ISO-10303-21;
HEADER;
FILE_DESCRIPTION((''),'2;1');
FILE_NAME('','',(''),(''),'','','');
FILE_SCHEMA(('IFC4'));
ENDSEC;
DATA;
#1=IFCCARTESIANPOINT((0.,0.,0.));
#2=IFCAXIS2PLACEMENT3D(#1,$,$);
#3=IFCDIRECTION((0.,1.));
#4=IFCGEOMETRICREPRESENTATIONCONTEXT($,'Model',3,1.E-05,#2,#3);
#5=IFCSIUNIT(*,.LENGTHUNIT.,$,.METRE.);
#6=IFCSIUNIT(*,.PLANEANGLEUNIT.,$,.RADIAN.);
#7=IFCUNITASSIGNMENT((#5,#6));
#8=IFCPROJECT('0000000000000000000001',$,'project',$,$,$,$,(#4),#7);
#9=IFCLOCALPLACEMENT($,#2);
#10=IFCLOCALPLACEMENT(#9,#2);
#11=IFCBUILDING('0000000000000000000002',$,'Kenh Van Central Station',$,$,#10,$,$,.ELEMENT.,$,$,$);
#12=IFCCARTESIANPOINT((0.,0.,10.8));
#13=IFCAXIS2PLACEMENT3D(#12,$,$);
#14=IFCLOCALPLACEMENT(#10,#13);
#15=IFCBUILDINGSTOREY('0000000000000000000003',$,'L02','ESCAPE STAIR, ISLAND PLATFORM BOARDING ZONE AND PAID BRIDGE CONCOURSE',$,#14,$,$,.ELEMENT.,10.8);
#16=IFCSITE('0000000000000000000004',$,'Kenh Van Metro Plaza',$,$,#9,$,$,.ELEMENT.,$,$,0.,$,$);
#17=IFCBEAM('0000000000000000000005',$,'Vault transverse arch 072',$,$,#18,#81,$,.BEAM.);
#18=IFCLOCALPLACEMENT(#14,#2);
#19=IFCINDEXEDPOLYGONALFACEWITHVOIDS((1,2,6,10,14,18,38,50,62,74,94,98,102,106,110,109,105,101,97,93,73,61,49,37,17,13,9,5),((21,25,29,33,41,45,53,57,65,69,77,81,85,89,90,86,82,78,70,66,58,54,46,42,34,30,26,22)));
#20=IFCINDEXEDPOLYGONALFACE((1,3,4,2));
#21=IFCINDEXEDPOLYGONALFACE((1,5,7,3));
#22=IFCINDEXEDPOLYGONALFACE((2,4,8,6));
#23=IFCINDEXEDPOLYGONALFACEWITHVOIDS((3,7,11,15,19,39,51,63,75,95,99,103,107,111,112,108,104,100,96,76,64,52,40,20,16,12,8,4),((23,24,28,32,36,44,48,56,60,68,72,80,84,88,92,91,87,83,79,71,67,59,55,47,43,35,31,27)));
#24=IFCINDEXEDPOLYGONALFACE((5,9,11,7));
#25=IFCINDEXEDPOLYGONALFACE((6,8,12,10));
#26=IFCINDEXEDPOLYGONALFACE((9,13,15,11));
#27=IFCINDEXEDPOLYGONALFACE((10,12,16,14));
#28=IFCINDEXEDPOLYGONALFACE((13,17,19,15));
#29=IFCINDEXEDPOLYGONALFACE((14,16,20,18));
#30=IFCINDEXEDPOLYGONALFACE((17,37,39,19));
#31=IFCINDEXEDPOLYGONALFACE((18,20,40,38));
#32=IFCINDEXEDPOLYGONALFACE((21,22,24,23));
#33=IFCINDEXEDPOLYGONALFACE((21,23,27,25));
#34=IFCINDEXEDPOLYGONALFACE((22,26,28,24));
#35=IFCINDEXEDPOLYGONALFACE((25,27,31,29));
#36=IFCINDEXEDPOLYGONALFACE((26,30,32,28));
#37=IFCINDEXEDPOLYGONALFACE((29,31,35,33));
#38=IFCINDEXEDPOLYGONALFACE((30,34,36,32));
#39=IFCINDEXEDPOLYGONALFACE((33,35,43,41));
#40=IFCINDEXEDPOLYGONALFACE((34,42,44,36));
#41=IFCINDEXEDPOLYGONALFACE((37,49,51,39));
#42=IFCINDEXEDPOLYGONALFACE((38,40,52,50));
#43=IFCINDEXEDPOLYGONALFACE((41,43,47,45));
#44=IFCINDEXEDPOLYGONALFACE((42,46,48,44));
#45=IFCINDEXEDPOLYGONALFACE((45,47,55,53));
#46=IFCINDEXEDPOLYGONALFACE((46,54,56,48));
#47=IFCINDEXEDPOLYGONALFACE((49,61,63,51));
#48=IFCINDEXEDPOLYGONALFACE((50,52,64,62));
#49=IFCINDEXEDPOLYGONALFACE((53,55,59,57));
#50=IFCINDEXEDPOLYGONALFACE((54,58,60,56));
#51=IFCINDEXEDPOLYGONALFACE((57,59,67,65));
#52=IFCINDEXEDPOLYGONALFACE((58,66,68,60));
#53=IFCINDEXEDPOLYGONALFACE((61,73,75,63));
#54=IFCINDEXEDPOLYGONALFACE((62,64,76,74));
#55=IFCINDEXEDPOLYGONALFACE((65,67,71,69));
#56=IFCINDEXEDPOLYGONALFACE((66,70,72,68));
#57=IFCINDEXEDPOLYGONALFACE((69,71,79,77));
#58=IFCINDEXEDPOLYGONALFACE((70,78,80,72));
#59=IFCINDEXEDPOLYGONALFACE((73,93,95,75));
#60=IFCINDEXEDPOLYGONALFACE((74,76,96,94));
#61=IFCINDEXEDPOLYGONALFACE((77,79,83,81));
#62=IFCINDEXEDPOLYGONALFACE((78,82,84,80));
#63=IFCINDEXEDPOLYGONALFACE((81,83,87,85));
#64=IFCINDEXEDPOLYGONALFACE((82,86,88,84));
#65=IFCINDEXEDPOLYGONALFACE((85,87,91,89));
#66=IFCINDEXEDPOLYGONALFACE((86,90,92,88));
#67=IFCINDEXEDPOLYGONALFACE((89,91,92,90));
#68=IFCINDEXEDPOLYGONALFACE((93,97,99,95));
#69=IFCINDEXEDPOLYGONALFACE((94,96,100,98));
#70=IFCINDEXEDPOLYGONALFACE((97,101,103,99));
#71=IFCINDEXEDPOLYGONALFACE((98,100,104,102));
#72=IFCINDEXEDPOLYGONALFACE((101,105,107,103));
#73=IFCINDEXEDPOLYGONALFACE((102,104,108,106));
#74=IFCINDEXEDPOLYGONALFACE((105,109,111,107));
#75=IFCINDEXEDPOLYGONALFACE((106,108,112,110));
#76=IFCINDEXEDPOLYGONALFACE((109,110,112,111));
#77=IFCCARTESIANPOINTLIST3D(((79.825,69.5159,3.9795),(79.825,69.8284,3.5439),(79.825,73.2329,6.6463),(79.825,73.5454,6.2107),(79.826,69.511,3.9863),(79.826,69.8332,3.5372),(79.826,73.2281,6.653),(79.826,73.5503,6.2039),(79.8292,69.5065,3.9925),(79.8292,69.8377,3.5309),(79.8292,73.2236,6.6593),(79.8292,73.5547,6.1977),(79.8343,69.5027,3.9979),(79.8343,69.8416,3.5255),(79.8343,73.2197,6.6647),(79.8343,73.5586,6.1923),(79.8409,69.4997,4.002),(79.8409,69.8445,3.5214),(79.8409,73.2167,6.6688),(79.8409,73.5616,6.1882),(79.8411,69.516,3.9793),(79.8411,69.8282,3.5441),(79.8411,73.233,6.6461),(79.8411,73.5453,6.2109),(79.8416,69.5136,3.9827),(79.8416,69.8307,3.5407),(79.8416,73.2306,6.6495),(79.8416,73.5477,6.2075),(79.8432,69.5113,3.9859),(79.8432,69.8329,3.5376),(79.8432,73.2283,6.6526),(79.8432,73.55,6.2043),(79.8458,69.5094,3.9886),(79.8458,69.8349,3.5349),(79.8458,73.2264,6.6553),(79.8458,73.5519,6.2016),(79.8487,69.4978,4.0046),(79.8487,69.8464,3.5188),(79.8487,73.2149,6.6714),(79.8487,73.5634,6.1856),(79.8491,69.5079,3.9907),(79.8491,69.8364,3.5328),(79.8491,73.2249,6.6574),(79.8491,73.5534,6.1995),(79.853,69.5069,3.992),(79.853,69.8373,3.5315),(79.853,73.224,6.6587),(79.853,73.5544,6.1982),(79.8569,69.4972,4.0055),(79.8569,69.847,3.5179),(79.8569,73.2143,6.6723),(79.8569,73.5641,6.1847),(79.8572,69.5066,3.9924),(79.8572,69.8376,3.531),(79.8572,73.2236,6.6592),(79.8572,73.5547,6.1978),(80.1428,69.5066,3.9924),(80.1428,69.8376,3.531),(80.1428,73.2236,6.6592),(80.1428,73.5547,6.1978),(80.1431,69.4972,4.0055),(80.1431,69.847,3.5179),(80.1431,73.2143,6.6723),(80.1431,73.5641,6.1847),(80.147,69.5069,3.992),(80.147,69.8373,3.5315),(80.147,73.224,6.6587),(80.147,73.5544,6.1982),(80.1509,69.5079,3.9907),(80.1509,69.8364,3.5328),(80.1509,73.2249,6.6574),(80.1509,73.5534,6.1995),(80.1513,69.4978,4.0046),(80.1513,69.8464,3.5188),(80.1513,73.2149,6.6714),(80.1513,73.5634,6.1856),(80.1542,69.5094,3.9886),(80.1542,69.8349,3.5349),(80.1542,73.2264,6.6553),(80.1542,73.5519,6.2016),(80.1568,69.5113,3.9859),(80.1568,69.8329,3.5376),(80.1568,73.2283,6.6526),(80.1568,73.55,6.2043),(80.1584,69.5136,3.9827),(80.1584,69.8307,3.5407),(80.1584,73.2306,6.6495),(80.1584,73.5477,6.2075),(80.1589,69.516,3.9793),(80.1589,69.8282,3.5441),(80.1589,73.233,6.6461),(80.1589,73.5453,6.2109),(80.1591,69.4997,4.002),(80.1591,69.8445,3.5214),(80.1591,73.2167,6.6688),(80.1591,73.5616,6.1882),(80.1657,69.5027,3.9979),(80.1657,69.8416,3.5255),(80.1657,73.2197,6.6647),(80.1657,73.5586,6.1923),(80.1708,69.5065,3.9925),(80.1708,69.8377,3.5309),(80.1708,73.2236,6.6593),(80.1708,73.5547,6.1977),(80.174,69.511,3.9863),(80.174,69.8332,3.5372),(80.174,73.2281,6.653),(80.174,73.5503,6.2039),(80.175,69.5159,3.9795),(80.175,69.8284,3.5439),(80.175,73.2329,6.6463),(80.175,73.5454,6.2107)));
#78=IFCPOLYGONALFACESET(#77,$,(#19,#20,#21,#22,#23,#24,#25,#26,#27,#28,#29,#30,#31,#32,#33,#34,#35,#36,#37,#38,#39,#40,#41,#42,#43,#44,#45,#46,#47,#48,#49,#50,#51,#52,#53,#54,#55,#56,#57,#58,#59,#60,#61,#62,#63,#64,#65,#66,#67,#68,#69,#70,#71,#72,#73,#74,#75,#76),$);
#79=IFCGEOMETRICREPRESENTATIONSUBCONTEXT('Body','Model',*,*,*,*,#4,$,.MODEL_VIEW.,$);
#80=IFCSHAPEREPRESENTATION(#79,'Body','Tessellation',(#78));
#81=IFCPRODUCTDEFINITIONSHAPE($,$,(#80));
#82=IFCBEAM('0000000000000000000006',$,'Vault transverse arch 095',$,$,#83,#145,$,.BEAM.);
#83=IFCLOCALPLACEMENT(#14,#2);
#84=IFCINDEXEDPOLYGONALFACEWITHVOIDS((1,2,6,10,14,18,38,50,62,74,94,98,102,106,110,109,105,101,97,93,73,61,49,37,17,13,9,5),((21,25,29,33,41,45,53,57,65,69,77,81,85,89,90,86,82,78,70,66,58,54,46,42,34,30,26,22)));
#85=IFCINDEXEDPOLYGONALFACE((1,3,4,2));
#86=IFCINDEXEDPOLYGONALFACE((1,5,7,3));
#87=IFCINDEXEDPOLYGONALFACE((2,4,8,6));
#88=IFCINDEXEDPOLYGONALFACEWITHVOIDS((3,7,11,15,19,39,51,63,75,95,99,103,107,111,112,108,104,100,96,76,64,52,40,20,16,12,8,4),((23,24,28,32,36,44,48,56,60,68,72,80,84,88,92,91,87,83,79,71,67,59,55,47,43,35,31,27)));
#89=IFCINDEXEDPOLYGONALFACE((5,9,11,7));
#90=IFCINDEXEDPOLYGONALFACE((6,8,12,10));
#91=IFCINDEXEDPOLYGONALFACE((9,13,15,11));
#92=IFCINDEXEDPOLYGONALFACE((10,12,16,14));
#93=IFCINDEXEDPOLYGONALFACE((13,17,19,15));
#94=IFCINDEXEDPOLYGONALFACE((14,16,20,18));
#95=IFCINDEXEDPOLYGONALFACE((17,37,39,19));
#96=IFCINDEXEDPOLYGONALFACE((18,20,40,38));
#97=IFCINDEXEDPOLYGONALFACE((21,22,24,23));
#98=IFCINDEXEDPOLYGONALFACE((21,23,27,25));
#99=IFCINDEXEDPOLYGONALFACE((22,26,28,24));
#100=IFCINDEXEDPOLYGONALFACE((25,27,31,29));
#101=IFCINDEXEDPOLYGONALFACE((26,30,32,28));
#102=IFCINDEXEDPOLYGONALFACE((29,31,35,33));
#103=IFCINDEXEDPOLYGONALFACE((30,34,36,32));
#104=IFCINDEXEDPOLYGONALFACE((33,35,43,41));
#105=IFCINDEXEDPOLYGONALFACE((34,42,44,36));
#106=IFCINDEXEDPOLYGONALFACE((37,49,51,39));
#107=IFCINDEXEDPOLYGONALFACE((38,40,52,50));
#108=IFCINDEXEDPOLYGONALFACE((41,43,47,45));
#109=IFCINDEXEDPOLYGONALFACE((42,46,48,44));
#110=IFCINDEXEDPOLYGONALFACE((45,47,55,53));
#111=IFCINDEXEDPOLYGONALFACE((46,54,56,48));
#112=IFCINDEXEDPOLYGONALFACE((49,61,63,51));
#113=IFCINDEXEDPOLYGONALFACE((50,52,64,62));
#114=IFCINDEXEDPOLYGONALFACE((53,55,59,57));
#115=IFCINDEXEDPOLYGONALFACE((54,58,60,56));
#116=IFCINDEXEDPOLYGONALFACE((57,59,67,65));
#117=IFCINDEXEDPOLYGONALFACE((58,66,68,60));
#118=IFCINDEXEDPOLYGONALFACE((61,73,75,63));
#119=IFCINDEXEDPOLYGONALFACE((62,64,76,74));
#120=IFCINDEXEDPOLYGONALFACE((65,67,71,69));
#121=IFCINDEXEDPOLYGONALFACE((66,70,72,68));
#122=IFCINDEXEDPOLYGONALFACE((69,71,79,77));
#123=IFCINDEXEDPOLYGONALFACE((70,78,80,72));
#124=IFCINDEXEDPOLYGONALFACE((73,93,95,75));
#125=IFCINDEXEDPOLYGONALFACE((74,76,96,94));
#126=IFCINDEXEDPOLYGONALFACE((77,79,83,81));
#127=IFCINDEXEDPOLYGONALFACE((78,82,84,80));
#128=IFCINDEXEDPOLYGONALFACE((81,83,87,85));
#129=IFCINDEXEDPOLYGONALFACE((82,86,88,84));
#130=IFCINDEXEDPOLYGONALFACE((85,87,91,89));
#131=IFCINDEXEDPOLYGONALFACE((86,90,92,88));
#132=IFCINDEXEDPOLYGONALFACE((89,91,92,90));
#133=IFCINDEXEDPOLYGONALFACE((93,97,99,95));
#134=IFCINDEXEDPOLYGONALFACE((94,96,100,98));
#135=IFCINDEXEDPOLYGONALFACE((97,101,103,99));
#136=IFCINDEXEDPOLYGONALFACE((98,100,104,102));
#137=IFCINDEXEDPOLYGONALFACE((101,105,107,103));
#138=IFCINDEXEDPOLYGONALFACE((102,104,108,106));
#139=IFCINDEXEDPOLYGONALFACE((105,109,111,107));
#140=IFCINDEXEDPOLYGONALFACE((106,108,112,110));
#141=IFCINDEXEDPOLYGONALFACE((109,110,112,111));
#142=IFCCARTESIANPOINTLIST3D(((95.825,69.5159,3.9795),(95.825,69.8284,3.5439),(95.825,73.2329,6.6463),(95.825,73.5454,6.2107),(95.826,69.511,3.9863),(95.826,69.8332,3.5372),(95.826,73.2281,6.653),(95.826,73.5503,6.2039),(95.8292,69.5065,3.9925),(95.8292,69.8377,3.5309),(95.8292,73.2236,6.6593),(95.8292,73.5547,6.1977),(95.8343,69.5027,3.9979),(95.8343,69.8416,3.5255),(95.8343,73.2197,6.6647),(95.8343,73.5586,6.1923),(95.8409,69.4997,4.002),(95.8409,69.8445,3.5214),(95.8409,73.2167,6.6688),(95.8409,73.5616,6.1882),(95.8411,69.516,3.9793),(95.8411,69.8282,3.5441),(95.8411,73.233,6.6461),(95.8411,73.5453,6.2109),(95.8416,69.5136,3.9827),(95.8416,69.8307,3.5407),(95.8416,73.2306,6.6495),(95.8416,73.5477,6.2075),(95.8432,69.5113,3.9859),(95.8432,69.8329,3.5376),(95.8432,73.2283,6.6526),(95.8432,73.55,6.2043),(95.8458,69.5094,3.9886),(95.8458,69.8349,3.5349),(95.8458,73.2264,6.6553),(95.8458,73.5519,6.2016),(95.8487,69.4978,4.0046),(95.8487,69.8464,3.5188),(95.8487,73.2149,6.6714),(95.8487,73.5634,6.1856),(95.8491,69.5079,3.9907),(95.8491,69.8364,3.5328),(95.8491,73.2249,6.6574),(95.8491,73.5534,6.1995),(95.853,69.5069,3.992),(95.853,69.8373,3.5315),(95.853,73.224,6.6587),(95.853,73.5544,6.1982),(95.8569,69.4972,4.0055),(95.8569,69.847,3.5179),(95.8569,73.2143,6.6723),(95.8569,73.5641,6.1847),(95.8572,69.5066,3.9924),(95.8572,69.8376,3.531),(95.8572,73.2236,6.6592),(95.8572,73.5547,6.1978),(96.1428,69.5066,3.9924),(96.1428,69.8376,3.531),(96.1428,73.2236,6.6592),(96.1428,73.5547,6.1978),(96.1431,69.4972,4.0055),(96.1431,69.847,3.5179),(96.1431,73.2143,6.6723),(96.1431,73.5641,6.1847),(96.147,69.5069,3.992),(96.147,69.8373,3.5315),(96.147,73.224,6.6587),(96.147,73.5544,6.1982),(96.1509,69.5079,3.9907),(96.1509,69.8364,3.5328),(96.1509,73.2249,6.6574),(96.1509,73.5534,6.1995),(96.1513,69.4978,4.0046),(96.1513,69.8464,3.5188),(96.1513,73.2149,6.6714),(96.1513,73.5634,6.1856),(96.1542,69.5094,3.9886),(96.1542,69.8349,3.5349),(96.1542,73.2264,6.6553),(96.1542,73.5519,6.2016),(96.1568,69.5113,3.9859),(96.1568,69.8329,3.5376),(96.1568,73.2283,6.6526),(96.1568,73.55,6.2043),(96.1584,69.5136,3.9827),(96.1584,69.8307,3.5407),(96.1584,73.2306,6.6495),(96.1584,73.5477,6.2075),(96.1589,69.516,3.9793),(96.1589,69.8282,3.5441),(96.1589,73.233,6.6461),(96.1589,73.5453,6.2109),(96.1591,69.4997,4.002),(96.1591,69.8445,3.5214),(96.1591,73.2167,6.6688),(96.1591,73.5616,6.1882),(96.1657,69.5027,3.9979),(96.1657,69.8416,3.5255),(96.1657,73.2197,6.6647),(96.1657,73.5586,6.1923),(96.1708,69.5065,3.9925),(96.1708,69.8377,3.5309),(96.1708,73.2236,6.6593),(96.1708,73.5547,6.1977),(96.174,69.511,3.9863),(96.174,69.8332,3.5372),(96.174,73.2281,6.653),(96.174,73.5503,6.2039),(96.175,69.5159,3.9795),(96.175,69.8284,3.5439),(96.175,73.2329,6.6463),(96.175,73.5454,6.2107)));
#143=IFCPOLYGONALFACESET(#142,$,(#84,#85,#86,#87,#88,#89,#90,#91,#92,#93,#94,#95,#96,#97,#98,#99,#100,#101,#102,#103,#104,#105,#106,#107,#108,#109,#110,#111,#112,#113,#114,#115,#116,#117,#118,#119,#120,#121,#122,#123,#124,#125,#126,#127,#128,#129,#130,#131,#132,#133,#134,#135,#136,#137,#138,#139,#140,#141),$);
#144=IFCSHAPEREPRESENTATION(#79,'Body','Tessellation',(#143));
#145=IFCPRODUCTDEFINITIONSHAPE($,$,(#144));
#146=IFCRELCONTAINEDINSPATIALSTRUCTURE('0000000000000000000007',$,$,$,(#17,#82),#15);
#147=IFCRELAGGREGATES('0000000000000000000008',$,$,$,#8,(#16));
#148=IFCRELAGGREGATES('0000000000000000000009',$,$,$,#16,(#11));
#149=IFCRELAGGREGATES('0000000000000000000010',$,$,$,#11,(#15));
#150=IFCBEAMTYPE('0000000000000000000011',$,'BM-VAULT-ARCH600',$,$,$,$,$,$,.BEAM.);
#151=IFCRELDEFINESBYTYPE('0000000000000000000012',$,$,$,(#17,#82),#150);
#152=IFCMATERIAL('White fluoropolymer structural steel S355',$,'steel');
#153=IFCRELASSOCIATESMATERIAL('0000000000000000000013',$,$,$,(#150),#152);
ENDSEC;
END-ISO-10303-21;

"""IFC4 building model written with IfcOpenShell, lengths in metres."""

from ifc_helpers import new_model, si_unit, direction, frame, origin, origin_2d, place, context, subcontext, project, spatial, hollow_rectangle, extrude, material, material_profile, profile_set, type_object, element, save


model = new_model("IFC4")

# Units and contexts
model_context = context("Model", 3, precision=1e-05, world=origin(), true_north=direction((0.0, 1.0)))
body_context = subcontext(model_context, "Body", "Model", "MODEL_VIEW")
ifc_project = project(units=[si_unit("LENGTHUNIT", "METRE"), si_unit("PLANEANGLEUNIT", "RADIAN")], contexts=[model_context])

# Site, building, storey
site_placement = place(None, origin())
site = spatial("IfcSite", under=ifc_project, at=site_placement, Name="Kenh Van Metro Plaza", CompositionType="ELEMENT", RefElevation=0.0)
building_placement = place(site_placement, origin())
building = spatial("IfcBuilding", under=site, at=building_placement, Name="Kenh Van Central Station", CompositionType="ELEMENT")
storey_placement = place(building_placement, frame((0.0, 0.0, 10.8)))
storey = spatial("IfcBuildingStorey", under=building, at=storey_placement, Name="L02", Description="ESCAPE STAIR, ISLAND PLATFORM BOARDING ZONE AND PAID BRIDGE CONCOURSE", CompositionType="ELEMENT", Elevation=10.8)

# Beams
ifc_material_1 = material(Name="White fluoropolymer structural steel S355", Category="steel")
ifc_material_profile_1 = material_profile(ifc_material_1, hollow_rectangle(XDim=0.3501, YDim=0.6001, WallThickness=0.0161, InnerFilletRadius=0.0161, OuterFilletRadius=0.032, at=origin_2d()), Name="RHS 600x350x16")
ifc_profile_set_1 = profile_set([ifc_material_profile_1], Name="White fluoropolymer structural steel S355")
beam_type_1 = type_object("IfcBeamType", Name="BM-VAULT-ARCH600", PredefinedType="BEAM", material=ifc_profile_set_1)
for number, where, z_axis, x_axis, name in (
    (1, (80.0, 69.6721, 3.7617), (0.0, 0.81252, 0.582933), (-1.0, 0.0, 0.0), "Vault transverse arch 072"),
    (2, (96.0, 69.6721, 3.7617), (0.0, 0.81252, 0.582933), (-1.0, 0.0, 0.0), "Vault transverse arch 095"),
):
    element("IfcBeam", number, at=place(storey_placement, frame(where, z_axis=z_axis, x_axis=x_axis)), inside=storey, type_object=beam_type_1, Name=name, PredefinedType="BEAM", context=body_context, shape_type="SweptSolid", body=[
        extrude(hollow_rectangle(XDim=0.3501, YDim=0.6001, WallThickness=0.0161, InnerFilletRadius=0.0161, OuterFilletRadius=0.032, at=origin_2d()), origin(), (0.0, 0.0, 1.0), 4.5747),
    ])

save(model, "model.ifc")
